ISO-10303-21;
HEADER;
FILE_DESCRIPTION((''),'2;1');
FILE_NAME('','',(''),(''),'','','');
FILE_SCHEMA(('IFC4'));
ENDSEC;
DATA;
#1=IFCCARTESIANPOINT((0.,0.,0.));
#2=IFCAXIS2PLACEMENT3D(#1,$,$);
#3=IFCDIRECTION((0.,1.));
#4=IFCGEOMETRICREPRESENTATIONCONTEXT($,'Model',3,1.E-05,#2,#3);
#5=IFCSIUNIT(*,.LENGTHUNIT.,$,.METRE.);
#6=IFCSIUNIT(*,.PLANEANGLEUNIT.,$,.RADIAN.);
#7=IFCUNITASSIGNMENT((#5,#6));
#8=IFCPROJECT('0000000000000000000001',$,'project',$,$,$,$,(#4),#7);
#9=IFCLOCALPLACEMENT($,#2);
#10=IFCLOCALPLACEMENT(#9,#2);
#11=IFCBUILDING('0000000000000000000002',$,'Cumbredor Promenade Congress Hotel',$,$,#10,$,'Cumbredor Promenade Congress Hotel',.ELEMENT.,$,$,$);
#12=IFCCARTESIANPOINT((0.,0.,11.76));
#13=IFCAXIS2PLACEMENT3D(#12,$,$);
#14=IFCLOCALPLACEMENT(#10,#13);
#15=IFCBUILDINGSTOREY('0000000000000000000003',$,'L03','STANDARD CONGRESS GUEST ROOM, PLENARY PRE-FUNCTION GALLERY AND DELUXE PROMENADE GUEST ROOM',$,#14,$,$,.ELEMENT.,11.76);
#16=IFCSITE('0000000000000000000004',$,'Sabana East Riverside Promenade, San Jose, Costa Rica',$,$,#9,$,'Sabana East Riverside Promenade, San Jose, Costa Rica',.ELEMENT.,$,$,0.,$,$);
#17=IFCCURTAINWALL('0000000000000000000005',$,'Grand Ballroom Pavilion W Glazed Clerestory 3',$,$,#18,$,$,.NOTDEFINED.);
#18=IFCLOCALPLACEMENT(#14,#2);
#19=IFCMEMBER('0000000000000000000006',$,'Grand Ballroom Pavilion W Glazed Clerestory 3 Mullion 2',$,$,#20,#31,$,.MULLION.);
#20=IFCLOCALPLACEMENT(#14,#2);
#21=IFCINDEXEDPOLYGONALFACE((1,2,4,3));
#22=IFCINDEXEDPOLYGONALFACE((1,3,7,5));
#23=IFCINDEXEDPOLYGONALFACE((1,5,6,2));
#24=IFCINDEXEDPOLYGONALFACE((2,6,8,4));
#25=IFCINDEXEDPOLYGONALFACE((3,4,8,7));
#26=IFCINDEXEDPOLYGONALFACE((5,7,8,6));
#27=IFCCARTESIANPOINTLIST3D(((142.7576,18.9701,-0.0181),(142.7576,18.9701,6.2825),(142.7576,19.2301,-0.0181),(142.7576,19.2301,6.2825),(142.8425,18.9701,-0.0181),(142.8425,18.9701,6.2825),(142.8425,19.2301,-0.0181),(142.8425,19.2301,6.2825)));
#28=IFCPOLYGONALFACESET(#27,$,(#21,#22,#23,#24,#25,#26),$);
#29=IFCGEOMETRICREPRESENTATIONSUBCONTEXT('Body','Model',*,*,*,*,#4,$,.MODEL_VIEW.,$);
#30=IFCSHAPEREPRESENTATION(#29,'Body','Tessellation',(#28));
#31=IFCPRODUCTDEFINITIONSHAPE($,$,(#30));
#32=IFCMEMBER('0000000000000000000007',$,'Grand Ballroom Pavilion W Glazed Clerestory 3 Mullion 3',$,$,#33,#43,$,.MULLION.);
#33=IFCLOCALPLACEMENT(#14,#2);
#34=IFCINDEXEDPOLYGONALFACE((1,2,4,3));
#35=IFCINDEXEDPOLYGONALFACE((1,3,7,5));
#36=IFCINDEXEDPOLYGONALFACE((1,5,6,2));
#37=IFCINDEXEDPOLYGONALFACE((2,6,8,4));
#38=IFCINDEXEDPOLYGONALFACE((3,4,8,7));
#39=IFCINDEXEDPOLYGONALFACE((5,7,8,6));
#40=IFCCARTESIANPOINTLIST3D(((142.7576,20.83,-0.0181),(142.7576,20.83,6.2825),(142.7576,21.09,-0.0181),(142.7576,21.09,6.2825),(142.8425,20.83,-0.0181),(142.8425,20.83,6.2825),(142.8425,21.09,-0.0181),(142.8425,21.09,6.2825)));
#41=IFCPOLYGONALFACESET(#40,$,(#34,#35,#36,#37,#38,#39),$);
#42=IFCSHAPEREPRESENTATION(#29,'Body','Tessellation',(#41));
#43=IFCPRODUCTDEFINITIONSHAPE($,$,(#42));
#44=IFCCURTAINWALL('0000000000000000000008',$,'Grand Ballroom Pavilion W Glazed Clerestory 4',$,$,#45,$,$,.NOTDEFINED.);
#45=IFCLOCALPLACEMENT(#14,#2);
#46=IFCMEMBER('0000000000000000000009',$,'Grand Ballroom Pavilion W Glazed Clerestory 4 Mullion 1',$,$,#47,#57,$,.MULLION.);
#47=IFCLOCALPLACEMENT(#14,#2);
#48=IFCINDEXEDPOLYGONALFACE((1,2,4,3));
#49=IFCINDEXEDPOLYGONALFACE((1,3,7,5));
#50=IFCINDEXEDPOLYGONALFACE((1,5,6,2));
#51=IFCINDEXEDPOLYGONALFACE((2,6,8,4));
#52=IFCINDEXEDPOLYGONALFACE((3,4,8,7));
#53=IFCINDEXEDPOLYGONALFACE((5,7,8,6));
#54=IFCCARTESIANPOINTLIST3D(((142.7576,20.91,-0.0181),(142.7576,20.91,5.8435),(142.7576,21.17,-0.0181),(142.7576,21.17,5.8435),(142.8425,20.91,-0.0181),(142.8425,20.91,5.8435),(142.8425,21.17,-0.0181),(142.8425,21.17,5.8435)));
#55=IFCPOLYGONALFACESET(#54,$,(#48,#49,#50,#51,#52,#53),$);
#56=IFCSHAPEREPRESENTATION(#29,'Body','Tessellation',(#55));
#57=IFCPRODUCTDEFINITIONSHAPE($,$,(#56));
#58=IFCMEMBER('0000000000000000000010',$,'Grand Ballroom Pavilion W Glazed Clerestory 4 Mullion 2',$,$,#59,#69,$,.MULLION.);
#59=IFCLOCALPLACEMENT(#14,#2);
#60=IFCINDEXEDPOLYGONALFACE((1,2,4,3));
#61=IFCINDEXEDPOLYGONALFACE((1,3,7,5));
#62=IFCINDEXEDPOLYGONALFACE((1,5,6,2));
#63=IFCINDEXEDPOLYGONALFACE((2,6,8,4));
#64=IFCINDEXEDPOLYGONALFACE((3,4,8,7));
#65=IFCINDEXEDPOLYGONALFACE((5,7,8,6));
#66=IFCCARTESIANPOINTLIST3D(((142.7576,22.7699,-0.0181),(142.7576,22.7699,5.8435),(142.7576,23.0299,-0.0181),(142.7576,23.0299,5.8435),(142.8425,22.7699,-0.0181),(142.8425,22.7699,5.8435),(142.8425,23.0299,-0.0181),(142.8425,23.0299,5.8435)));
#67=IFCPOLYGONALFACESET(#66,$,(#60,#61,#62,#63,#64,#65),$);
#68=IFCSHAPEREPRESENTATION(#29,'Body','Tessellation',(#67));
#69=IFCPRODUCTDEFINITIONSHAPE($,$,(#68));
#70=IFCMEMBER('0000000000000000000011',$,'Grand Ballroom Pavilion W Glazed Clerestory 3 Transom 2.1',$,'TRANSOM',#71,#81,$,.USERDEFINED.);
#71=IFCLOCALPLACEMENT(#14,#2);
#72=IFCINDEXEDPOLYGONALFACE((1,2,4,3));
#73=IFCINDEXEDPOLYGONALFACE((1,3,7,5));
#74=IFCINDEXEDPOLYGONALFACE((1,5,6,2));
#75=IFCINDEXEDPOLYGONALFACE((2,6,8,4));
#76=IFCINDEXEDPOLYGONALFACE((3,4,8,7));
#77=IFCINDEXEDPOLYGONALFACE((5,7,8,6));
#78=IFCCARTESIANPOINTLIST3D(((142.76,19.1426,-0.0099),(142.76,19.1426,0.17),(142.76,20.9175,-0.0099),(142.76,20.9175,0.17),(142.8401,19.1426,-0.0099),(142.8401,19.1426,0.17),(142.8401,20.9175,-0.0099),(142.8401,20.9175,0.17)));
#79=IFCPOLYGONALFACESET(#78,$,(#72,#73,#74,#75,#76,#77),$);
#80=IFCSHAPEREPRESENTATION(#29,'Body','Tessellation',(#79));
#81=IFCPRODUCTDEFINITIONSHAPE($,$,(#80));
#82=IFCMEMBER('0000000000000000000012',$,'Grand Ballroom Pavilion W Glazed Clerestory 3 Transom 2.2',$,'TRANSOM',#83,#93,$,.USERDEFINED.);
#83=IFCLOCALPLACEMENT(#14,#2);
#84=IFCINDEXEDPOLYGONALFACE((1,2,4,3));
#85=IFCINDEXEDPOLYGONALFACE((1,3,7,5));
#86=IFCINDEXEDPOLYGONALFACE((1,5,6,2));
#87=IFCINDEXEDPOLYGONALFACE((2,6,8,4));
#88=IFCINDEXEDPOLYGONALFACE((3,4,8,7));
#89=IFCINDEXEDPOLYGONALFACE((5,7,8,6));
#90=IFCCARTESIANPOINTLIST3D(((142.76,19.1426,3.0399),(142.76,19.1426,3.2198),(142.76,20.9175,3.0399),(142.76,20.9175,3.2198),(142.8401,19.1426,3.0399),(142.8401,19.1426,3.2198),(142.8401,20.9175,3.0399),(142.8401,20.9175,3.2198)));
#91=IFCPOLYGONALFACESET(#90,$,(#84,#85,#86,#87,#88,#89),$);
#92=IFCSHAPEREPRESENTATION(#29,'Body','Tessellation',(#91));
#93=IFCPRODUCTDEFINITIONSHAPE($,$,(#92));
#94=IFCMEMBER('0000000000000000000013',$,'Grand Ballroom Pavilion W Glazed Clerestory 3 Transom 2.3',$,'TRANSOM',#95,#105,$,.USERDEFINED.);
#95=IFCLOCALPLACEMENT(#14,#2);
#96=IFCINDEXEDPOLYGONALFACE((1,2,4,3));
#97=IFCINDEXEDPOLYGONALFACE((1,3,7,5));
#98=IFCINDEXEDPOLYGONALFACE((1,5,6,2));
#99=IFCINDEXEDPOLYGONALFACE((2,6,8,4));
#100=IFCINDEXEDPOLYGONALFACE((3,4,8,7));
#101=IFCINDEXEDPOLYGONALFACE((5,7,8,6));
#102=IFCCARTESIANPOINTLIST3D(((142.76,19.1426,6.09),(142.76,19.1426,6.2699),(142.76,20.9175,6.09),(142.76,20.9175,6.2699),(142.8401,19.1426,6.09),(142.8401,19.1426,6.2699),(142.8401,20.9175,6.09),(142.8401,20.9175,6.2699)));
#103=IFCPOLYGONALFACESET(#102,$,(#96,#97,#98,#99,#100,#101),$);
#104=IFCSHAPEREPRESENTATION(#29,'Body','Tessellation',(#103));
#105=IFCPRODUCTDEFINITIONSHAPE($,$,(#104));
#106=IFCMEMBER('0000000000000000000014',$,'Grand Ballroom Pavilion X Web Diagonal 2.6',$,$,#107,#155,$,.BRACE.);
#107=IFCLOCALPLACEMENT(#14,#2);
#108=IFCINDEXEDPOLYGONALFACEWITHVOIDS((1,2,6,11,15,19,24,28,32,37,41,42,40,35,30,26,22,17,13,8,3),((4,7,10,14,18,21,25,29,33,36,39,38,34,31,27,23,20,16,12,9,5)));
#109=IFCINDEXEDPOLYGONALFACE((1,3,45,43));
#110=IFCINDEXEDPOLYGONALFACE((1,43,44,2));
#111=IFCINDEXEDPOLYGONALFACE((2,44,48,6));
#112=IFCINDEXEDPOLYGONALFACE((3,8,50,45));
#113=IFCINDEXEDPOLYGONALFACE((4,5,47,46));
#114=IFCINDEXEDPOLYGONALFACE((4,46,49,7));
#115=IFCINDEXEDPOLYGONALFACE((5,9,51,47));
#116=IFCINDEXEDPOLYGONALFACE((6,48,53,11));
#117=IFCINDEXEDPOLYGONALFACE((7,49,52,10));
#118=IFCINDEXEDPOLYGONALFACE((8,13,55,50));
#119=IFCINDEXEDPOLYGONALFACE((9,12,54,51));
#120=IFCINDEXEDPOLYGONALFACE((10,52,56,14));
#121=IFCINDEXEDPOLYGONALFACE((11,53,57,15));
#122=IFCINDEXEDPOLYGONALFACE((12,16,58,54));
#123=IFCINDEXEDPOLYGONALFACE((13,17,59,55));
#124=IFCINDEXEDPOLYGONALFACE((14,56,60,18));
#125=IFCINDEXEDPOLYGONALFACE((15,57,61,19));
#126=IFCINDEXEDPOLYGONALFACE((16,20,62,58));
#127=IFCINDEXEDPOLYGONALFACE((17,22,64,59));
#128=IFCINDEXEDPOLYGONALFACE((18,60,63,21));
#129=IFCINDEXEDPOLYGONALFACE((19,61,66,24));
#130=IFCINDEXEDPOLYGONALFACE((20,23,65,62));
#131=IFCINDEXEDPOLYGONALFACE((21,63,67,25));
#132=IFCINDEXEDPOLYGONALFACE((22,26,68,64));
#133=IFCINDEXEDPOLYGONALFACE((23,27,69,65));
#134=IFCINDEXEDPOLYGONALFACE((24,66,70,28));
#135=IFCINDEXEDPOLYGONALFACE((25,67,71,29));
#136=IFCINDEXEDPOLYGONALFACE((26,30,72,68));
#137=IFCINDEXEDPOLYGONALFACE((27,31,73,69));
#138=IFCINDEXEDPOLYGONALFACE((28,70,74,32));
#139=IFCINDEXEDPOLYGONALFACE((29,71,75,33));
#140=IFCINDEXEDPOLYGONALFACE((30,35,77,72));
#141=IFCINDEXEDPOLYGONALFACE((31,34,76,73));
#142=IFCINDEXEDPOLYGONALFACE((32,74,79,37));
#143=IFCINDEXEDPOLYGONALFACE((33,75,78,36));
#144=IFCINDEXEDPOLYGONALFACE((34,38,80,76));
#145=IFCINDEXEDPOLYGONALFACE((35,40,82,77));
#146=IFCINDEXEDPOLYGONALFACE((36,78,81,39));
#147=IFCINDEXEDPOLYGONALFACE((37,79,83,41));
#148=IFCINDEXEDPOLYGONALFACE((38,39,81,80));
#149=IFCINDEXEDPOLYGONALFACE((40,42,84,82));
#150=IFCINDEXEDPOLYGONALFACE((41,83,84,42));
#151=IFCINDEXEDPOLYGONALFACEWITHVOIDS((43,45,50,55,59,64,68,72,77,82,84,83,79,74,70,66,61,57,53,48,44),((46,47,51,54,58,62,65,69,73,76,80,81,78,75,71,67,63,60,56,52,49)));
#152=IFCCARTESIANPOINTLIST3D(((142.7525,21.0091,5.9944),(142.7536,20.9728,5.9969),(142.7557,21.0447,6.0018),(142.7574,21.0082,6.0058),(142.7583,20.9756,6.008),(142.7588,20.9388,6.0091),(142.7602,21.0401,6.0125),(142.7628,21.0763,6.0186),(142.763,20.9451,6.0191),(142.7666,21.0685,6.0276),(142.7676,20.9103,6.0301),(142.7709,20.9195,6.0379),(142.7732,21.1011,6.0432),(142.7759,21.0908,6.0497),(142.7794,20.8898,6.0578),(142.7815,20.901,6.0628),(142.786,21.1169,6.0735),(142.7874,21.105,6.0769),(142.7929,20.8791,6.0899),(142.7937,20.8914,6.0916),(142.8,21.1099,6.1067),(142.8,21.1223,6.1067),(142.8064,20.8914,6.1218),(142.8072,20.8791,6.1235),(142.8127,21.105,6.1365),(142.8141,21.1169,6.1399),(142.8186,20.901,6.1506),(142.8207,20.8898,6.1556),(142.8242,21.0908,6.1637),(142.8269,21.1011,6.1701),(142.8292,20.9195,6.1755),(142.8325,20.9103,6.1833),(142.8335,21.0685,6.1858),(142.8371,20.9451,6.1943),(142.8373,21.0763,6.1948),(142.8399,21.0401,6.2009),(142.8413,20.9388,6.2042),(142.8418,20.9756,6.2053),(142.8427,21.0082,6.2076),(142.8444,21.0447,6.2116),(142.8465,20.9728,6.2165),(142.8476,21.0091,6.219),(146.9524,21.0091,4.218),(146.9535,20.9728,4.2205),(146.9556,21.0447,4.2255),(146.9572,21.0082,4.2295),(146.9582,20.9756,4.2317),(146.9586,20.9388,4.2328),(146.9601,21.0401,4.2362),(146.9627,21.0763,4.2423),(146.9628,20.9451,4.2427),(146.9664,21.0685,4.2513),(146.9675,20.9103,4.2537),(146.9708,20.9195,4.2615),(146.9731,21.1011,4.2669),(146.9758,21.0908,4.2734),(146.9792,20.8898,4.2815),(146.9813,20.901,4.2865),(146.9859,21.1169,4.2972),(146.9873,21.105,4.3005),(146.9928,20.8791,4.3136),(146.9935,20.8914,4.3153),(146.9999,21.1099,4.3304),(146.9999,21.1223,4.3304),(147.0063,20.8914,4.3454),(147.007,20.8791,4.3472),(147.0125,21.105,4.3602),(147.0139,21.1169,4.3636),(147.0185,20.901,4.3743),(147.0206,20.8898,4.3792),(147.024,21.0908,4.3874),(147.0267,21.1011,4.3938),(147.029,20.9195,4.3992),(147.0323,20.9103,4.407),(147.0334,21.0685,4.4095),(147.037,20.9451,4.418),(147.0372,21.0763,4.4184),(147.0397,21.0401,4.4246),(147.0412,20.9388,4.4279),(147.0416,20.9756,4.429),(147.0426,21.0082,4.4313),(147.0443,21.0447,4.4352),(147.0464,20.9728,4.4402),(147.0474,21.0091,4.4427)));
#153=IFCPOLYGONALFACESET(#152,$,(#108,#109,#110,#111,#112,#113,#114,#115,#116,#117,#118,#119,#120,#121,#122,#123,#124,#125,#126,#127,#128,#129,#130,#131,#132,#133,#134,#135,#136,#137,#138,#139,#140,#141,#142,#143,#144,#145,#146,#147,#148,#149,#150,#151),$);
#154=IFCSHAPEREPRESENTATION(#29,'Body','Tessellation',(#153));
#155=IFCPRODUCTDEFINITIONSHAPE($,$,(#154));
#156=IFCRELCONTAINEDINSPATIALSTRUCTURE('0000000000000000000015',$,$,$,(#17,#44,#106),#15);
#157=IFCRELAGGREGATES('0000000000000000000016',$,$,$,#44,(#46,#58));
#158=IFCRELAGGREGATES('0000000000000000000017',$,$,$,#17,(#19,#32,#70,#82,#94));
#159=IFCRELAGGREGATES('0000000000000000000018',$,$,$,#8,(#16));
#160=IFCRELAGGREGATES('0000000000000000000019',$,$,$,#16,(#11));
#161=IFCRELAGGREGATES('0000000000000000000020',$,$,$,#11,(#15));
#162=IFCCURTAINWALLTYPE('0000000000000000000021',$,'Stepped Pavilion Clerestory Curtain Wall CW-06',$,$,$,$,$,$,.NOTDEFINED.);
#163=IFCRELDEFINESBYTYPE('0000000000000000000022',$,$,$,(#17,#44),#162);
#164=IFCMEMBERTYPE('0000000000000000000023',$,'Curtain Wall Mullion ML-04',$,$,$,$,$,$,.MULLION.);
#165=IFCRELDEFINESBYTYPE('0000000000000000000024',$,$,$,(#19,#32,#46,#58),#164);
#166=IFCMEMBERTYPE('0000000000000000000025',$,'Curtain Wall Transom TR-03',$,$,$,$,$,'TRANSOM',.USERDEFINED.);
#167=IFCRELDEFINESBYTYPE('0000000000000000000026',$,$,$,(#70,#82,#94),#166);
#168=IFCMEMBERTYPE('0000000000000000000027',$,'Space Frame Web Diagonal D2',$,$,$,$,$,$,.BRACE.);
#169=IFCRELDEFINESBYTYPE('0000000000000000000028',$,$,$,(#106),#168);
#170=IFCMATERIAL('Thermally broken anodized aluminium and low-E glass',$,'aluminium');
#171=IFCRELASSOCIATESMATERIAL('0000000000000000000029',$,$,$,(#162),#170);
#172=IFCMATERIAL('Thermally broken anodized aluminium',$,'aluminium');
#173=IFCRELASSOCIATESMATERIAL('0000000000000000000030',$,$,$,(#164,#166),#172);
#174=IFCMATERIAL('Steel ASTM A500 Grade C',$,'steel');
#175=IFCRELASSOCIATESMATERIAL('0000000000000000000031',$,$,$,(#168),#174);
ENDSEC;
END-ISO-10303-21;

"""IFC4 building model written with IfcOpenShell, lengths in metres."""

from ifc_helpers import new_model, si_unit, direction, frame, origin, origin_2d, place, context, subcontext, project, spatial, rectangle, hollow_circle, extrude, material, material_profile, profile_set, type_object, element, aggregate, save


model = new_model("IFC4")

# Units and contexts
model_context = context("Model", 3, precision=1e-05, world=origin(), true_north=direction((0.0, 1.0)))
body_context = subcontext(model_context, "Body", "Model", "MODEL_VIEW")
ifc_project = project(units=[si_unit("LENGTHUNIT", "METRE"), si_unit("PLANEANGLEUNIT", "RADIAN")], contexts=[model_context])

# Site, building, storey
site_placement = place(None, origin())
site = spatial("IfcSite", under=ifc_project, at=site_placement, Name="Sabana East Riverside Promenade, San Jose, Costa Rica", LongName="Sabana East Riverside Promenade, San Jose, Costa Rica", CompositionType="ELEMENT", RefElevation=0.0)
building_placement = place(site_placement, origin())
building = spatial("IfcBuilding", under=site, at=building_placement, Name="Cumbredor Promenade Congress Hotel", LongName="Cumbredor Promenade Congress Hotel", CompositionType="ELEMENT")
storey_placement = place(building_placement, frame((0.0, 0.0, 11.76)))
storey = spatial("IfcBuildingStorey", under=building, at=storey_placement, Name="L03", Description="STANDARD CONGRESS GUEST ROOM, PLENARY PRE-FUNCTION GALLERY AND DELUXE PROMENADE GUEST ROOM", CompositionType="ELEMENT", Elevation=11.76)

# Shared definitions
ifc_material_1 = material(Name="Steel ASTM A500 Grade C", Category="steel")

# Curtain walls, members
ifc_material_2 = material(Name="Thermally broken anodized aluminium and low-E glass", Category="aluminium")
curtain_wall_type = type_object("IfcCurtainWallType", Name="Stepped Pavilion Clerestory Curtain Wall CW-06", PredefinedType="NOTDEFINED", material=ifc_material_2)
curtain_wall_1_placement = place(storey_placement, origin())
curtain_wall_1 = element("IfcCurtainWall", 1, at=curtain_wall_1_placement, inside=storey, type_object=curtain_wall_type, Name="Grand Ballroom Pavilion W Glazed Clerestory 3", PredefinedType="NOTDEFINED")
ifc_material_3 = material(Name="Thermally broken anodized aluminium", Category="aluminium")
ifc_material_profile_1 = material_profile(ifc_material_3, rectangle(XDim=0.085, YDim=0.26, at=origin_2d()), Name="ALU MULLION CLERESTORY 85x260")
ifc_profile_set_1 = profile_set([ifc_material_profile_1], Name="Thermally broken anodized aluminium")
member_type_1 = type_object("IfcMemberType", Name="Curtain Wall Mullion ML-04", PredefinedType="MULLION", material=ifc_profile_set_1)
member_1_placement = place(storey_placement, frame((142.8, 19.1001, -0.0181), z_axis=(0.0, 0.0, 1.0), x_axis=(1.0, 0.0, 0.0)))
member_1 = element("IfcMember", 2, at=member_1_placement, type_object=member_type_1, Name="Grand Ballroom Pavilion W Glazed Clerestory 3 Mullion 2", PredefinedType="MULLION", context=body_context, shape_type="SweptSolid", body=[
    extrude(rectangle(XDim=0.085, YDim=0.26, at=origin_2d()), origin(), (0.0, 0.0, 1.0), 6.3005),
])
member_2_placement = place(storey_placement, frame((142.8, 20.96, -0.0181), z_axis=(0.0, 0.0, 1.0), x_axis=(1.0, 0.0, 0.0)))
member_2 = element("IfcMember", 3, at=member_2_placement, type_object=member_type_1, Name="Grand Ballroom Pavilion W Glazed Clerestory 3 Mullion 3", PredefinedType="MULLION", context=body_context, shape_type="SweptSolid", body=[
    extrude(rectangle(XDim=0.085, YDim=0.26, at=origin_2d()), origin(), (0.0, 0.0, 1.0), 6.3005),
])
curtain_wall_2_placement = place(storey_placement, origin())
curtain_wall_2 = element("IfcCurtainWall", 4, at=curtain_wall_2_placement, inside=storey, type_object=curtain_wall_type, Name="Grand Ballroom Pavilion W Glazed Clerestory 4", PredefinedType="NOTDEFINED")
member_3_placement = place(storey_placement, frame((142.8, 21.04, -0.0181), z_axis=(0.0, 0.0, 1.0), x_axis=(1.0, 0.0, 0.0)))
member_3 = element("IfcMember", 5, at=member_3_placement, type_object=member_type_1, Name="Grand Ballroom Pavilion W Glazed Clerestory 4 Mullion 1", PredefinedType="MULLION", context=body_context, shape_type="SweptSolid", body=[
    extrude(rectangle(XDim=0.085, YDim=0.26, at=origin_2d()), origin(), (0.0, 0.0, 1.0), 5.8616),
])
member_4_placement = place(storey_placement, frame((142.8, 22.8999, -0.0181), z_axis=(0.0, 0.0, 1.0), x_axis=(1.0, 0.0, 0.0)))
member_4 = element("IfcMember", 6, at=member_4_placement, type_object=member_type_1, Name="Grand Ballroom Pavilion W Glazed Clerestory 4 Mullion 2", PredefinedType="MULLION", context=body_context, shape_type="SweptSolid", body=[
    extrude(rectangle(XDim=0.085, YDim=0.26, at=origin_2d()), origin(), (0.0, 0.0, 1.0), 5.8616),
])
aggregate(curtain_wall_2, [member_3, member_4])

# Members
ifc_material_profile_2 = material_profile(ifc_material_3, rectangle(XDim=0.0801, YDim=0.1799, at=origin_2d()), Name="ALU TRANSOM 80x180")
ifc_profile_set_2 = profile_set([ifc_material_profile_2], Name="Thermally broken anodized aluminium")
member_type_2 = type_object("IfcMemberType", Name="Curtain Wall Transom TR-03", ElementType="TRANSOM", PredefinedType="USERDEFINED", material=ifc_profile_set_2)
member_5_placement = place(storey_placement, frame((142.8, 19.1426, 0.0801), z_axis=(0.0, 1.0, 0.0), x_axis=(-1.0, 0.0, 0.0)))
member_5 = element("IfcMember", 7, at=member_5_placement, type_object=member_type_2, Name="Grand Ballroom Pavilion W Glazed Clerestory 3 Transom 2.1", ObjectType="TRANSOM", PredefinedType="USERDEFINED", context=body_context, shape_type="SweptSolid", body=[
    extrude(rectangle(XDim=0.0801, YDim=0.1799, at=origin_2d()), origin(), (0.0, 0.0, 1.0), 1.7749),
])
member_6_placement = place(storey_placement, frame((142.8, 19.1426, 3.1299), z_axis=(0.0, 1.0, 0.0), x_axis=(-1.0, 0.0, 0.0)))
member_6 = element("IfcMember", 8, at=member_6_placement, type_object=member_type_2, Name="Grand Ballroom Pavilion W Glazed Clerestory 3 Transom 2.2", ObjectType="TRANSOM", PredefinedType="USERDEFINED", context=body_context, shape_type="SweptSolid", body=[
    extrude(rectangle(XDim=0.0801, YDim=0.1799, at=origin_2d()), origin(), (0.0, 0.0, 1.0), 1.7749),
])
member_7_placement = place(storey_placement, frame((142.8, 19.1426, 6.1799), z_axis=(0.0, 1.0, 0.0), x_axis=(-1.0, 0.0, 0.0)))
member_7 = element("IfcMember", 9, at=member_7_placement, type_object=member_type_2, Name="Grand Ballroom Pavilion W Glazed Clerestory 3 Transom 2.3", ObjectType="TRANSOM", PredefinedType="USERDEFINED", context=body_context, shape_type="SweptSolid", body=[
    extrude(rectangle(XDim=0.0801, YDim=0.1799, at=origin_2d()), origin(), (0.0, 0.0, 1.0), 1.7749),
])

# Member
ifc_material_profile_3 = material_profile(ifc_material_1, hollow_circle(Radius=0.1223, WallThickness=0.0125, at=origin_2d()), Name="CHS 244.5x12.5")
ifc_profile_set_3 = profile_set([ifc_material_profile_3], Name="Steel ASTM A500 Grade C")
member_type_3 = type_object("IfcMemberType", Name="Space Frame Web Diagonal D2", PredefinedType="BRACE", material=ifc_profile_set_3)
member_8_placement = place(storey_placement, frame((142.8, 21.0, 6.1067), z_axis=(0.921009, 0.0, -0.38954), x_axis=(0.0, 1.0, 0.0)))
element("IfcMember", 10, at=member_8_placement, inside=storey, type_object=member_type_3, Name="Grand Ballroom Pavilion X Web Diagonal 2.6", PredefinedType="BRACE", context=body_context, shape_type="SweptSolid", body=[
    extrude(hollow_circle(Radius=0.1223, WallThickness=0.0125, at=origin_2d()), origin(), (0.0, 0.0, 1.0), 4.5601),
])

aggregate(curtain_wall_1, [member_1, member_2, member_5, member_6, member_7])

save(model, "model.ifc")
